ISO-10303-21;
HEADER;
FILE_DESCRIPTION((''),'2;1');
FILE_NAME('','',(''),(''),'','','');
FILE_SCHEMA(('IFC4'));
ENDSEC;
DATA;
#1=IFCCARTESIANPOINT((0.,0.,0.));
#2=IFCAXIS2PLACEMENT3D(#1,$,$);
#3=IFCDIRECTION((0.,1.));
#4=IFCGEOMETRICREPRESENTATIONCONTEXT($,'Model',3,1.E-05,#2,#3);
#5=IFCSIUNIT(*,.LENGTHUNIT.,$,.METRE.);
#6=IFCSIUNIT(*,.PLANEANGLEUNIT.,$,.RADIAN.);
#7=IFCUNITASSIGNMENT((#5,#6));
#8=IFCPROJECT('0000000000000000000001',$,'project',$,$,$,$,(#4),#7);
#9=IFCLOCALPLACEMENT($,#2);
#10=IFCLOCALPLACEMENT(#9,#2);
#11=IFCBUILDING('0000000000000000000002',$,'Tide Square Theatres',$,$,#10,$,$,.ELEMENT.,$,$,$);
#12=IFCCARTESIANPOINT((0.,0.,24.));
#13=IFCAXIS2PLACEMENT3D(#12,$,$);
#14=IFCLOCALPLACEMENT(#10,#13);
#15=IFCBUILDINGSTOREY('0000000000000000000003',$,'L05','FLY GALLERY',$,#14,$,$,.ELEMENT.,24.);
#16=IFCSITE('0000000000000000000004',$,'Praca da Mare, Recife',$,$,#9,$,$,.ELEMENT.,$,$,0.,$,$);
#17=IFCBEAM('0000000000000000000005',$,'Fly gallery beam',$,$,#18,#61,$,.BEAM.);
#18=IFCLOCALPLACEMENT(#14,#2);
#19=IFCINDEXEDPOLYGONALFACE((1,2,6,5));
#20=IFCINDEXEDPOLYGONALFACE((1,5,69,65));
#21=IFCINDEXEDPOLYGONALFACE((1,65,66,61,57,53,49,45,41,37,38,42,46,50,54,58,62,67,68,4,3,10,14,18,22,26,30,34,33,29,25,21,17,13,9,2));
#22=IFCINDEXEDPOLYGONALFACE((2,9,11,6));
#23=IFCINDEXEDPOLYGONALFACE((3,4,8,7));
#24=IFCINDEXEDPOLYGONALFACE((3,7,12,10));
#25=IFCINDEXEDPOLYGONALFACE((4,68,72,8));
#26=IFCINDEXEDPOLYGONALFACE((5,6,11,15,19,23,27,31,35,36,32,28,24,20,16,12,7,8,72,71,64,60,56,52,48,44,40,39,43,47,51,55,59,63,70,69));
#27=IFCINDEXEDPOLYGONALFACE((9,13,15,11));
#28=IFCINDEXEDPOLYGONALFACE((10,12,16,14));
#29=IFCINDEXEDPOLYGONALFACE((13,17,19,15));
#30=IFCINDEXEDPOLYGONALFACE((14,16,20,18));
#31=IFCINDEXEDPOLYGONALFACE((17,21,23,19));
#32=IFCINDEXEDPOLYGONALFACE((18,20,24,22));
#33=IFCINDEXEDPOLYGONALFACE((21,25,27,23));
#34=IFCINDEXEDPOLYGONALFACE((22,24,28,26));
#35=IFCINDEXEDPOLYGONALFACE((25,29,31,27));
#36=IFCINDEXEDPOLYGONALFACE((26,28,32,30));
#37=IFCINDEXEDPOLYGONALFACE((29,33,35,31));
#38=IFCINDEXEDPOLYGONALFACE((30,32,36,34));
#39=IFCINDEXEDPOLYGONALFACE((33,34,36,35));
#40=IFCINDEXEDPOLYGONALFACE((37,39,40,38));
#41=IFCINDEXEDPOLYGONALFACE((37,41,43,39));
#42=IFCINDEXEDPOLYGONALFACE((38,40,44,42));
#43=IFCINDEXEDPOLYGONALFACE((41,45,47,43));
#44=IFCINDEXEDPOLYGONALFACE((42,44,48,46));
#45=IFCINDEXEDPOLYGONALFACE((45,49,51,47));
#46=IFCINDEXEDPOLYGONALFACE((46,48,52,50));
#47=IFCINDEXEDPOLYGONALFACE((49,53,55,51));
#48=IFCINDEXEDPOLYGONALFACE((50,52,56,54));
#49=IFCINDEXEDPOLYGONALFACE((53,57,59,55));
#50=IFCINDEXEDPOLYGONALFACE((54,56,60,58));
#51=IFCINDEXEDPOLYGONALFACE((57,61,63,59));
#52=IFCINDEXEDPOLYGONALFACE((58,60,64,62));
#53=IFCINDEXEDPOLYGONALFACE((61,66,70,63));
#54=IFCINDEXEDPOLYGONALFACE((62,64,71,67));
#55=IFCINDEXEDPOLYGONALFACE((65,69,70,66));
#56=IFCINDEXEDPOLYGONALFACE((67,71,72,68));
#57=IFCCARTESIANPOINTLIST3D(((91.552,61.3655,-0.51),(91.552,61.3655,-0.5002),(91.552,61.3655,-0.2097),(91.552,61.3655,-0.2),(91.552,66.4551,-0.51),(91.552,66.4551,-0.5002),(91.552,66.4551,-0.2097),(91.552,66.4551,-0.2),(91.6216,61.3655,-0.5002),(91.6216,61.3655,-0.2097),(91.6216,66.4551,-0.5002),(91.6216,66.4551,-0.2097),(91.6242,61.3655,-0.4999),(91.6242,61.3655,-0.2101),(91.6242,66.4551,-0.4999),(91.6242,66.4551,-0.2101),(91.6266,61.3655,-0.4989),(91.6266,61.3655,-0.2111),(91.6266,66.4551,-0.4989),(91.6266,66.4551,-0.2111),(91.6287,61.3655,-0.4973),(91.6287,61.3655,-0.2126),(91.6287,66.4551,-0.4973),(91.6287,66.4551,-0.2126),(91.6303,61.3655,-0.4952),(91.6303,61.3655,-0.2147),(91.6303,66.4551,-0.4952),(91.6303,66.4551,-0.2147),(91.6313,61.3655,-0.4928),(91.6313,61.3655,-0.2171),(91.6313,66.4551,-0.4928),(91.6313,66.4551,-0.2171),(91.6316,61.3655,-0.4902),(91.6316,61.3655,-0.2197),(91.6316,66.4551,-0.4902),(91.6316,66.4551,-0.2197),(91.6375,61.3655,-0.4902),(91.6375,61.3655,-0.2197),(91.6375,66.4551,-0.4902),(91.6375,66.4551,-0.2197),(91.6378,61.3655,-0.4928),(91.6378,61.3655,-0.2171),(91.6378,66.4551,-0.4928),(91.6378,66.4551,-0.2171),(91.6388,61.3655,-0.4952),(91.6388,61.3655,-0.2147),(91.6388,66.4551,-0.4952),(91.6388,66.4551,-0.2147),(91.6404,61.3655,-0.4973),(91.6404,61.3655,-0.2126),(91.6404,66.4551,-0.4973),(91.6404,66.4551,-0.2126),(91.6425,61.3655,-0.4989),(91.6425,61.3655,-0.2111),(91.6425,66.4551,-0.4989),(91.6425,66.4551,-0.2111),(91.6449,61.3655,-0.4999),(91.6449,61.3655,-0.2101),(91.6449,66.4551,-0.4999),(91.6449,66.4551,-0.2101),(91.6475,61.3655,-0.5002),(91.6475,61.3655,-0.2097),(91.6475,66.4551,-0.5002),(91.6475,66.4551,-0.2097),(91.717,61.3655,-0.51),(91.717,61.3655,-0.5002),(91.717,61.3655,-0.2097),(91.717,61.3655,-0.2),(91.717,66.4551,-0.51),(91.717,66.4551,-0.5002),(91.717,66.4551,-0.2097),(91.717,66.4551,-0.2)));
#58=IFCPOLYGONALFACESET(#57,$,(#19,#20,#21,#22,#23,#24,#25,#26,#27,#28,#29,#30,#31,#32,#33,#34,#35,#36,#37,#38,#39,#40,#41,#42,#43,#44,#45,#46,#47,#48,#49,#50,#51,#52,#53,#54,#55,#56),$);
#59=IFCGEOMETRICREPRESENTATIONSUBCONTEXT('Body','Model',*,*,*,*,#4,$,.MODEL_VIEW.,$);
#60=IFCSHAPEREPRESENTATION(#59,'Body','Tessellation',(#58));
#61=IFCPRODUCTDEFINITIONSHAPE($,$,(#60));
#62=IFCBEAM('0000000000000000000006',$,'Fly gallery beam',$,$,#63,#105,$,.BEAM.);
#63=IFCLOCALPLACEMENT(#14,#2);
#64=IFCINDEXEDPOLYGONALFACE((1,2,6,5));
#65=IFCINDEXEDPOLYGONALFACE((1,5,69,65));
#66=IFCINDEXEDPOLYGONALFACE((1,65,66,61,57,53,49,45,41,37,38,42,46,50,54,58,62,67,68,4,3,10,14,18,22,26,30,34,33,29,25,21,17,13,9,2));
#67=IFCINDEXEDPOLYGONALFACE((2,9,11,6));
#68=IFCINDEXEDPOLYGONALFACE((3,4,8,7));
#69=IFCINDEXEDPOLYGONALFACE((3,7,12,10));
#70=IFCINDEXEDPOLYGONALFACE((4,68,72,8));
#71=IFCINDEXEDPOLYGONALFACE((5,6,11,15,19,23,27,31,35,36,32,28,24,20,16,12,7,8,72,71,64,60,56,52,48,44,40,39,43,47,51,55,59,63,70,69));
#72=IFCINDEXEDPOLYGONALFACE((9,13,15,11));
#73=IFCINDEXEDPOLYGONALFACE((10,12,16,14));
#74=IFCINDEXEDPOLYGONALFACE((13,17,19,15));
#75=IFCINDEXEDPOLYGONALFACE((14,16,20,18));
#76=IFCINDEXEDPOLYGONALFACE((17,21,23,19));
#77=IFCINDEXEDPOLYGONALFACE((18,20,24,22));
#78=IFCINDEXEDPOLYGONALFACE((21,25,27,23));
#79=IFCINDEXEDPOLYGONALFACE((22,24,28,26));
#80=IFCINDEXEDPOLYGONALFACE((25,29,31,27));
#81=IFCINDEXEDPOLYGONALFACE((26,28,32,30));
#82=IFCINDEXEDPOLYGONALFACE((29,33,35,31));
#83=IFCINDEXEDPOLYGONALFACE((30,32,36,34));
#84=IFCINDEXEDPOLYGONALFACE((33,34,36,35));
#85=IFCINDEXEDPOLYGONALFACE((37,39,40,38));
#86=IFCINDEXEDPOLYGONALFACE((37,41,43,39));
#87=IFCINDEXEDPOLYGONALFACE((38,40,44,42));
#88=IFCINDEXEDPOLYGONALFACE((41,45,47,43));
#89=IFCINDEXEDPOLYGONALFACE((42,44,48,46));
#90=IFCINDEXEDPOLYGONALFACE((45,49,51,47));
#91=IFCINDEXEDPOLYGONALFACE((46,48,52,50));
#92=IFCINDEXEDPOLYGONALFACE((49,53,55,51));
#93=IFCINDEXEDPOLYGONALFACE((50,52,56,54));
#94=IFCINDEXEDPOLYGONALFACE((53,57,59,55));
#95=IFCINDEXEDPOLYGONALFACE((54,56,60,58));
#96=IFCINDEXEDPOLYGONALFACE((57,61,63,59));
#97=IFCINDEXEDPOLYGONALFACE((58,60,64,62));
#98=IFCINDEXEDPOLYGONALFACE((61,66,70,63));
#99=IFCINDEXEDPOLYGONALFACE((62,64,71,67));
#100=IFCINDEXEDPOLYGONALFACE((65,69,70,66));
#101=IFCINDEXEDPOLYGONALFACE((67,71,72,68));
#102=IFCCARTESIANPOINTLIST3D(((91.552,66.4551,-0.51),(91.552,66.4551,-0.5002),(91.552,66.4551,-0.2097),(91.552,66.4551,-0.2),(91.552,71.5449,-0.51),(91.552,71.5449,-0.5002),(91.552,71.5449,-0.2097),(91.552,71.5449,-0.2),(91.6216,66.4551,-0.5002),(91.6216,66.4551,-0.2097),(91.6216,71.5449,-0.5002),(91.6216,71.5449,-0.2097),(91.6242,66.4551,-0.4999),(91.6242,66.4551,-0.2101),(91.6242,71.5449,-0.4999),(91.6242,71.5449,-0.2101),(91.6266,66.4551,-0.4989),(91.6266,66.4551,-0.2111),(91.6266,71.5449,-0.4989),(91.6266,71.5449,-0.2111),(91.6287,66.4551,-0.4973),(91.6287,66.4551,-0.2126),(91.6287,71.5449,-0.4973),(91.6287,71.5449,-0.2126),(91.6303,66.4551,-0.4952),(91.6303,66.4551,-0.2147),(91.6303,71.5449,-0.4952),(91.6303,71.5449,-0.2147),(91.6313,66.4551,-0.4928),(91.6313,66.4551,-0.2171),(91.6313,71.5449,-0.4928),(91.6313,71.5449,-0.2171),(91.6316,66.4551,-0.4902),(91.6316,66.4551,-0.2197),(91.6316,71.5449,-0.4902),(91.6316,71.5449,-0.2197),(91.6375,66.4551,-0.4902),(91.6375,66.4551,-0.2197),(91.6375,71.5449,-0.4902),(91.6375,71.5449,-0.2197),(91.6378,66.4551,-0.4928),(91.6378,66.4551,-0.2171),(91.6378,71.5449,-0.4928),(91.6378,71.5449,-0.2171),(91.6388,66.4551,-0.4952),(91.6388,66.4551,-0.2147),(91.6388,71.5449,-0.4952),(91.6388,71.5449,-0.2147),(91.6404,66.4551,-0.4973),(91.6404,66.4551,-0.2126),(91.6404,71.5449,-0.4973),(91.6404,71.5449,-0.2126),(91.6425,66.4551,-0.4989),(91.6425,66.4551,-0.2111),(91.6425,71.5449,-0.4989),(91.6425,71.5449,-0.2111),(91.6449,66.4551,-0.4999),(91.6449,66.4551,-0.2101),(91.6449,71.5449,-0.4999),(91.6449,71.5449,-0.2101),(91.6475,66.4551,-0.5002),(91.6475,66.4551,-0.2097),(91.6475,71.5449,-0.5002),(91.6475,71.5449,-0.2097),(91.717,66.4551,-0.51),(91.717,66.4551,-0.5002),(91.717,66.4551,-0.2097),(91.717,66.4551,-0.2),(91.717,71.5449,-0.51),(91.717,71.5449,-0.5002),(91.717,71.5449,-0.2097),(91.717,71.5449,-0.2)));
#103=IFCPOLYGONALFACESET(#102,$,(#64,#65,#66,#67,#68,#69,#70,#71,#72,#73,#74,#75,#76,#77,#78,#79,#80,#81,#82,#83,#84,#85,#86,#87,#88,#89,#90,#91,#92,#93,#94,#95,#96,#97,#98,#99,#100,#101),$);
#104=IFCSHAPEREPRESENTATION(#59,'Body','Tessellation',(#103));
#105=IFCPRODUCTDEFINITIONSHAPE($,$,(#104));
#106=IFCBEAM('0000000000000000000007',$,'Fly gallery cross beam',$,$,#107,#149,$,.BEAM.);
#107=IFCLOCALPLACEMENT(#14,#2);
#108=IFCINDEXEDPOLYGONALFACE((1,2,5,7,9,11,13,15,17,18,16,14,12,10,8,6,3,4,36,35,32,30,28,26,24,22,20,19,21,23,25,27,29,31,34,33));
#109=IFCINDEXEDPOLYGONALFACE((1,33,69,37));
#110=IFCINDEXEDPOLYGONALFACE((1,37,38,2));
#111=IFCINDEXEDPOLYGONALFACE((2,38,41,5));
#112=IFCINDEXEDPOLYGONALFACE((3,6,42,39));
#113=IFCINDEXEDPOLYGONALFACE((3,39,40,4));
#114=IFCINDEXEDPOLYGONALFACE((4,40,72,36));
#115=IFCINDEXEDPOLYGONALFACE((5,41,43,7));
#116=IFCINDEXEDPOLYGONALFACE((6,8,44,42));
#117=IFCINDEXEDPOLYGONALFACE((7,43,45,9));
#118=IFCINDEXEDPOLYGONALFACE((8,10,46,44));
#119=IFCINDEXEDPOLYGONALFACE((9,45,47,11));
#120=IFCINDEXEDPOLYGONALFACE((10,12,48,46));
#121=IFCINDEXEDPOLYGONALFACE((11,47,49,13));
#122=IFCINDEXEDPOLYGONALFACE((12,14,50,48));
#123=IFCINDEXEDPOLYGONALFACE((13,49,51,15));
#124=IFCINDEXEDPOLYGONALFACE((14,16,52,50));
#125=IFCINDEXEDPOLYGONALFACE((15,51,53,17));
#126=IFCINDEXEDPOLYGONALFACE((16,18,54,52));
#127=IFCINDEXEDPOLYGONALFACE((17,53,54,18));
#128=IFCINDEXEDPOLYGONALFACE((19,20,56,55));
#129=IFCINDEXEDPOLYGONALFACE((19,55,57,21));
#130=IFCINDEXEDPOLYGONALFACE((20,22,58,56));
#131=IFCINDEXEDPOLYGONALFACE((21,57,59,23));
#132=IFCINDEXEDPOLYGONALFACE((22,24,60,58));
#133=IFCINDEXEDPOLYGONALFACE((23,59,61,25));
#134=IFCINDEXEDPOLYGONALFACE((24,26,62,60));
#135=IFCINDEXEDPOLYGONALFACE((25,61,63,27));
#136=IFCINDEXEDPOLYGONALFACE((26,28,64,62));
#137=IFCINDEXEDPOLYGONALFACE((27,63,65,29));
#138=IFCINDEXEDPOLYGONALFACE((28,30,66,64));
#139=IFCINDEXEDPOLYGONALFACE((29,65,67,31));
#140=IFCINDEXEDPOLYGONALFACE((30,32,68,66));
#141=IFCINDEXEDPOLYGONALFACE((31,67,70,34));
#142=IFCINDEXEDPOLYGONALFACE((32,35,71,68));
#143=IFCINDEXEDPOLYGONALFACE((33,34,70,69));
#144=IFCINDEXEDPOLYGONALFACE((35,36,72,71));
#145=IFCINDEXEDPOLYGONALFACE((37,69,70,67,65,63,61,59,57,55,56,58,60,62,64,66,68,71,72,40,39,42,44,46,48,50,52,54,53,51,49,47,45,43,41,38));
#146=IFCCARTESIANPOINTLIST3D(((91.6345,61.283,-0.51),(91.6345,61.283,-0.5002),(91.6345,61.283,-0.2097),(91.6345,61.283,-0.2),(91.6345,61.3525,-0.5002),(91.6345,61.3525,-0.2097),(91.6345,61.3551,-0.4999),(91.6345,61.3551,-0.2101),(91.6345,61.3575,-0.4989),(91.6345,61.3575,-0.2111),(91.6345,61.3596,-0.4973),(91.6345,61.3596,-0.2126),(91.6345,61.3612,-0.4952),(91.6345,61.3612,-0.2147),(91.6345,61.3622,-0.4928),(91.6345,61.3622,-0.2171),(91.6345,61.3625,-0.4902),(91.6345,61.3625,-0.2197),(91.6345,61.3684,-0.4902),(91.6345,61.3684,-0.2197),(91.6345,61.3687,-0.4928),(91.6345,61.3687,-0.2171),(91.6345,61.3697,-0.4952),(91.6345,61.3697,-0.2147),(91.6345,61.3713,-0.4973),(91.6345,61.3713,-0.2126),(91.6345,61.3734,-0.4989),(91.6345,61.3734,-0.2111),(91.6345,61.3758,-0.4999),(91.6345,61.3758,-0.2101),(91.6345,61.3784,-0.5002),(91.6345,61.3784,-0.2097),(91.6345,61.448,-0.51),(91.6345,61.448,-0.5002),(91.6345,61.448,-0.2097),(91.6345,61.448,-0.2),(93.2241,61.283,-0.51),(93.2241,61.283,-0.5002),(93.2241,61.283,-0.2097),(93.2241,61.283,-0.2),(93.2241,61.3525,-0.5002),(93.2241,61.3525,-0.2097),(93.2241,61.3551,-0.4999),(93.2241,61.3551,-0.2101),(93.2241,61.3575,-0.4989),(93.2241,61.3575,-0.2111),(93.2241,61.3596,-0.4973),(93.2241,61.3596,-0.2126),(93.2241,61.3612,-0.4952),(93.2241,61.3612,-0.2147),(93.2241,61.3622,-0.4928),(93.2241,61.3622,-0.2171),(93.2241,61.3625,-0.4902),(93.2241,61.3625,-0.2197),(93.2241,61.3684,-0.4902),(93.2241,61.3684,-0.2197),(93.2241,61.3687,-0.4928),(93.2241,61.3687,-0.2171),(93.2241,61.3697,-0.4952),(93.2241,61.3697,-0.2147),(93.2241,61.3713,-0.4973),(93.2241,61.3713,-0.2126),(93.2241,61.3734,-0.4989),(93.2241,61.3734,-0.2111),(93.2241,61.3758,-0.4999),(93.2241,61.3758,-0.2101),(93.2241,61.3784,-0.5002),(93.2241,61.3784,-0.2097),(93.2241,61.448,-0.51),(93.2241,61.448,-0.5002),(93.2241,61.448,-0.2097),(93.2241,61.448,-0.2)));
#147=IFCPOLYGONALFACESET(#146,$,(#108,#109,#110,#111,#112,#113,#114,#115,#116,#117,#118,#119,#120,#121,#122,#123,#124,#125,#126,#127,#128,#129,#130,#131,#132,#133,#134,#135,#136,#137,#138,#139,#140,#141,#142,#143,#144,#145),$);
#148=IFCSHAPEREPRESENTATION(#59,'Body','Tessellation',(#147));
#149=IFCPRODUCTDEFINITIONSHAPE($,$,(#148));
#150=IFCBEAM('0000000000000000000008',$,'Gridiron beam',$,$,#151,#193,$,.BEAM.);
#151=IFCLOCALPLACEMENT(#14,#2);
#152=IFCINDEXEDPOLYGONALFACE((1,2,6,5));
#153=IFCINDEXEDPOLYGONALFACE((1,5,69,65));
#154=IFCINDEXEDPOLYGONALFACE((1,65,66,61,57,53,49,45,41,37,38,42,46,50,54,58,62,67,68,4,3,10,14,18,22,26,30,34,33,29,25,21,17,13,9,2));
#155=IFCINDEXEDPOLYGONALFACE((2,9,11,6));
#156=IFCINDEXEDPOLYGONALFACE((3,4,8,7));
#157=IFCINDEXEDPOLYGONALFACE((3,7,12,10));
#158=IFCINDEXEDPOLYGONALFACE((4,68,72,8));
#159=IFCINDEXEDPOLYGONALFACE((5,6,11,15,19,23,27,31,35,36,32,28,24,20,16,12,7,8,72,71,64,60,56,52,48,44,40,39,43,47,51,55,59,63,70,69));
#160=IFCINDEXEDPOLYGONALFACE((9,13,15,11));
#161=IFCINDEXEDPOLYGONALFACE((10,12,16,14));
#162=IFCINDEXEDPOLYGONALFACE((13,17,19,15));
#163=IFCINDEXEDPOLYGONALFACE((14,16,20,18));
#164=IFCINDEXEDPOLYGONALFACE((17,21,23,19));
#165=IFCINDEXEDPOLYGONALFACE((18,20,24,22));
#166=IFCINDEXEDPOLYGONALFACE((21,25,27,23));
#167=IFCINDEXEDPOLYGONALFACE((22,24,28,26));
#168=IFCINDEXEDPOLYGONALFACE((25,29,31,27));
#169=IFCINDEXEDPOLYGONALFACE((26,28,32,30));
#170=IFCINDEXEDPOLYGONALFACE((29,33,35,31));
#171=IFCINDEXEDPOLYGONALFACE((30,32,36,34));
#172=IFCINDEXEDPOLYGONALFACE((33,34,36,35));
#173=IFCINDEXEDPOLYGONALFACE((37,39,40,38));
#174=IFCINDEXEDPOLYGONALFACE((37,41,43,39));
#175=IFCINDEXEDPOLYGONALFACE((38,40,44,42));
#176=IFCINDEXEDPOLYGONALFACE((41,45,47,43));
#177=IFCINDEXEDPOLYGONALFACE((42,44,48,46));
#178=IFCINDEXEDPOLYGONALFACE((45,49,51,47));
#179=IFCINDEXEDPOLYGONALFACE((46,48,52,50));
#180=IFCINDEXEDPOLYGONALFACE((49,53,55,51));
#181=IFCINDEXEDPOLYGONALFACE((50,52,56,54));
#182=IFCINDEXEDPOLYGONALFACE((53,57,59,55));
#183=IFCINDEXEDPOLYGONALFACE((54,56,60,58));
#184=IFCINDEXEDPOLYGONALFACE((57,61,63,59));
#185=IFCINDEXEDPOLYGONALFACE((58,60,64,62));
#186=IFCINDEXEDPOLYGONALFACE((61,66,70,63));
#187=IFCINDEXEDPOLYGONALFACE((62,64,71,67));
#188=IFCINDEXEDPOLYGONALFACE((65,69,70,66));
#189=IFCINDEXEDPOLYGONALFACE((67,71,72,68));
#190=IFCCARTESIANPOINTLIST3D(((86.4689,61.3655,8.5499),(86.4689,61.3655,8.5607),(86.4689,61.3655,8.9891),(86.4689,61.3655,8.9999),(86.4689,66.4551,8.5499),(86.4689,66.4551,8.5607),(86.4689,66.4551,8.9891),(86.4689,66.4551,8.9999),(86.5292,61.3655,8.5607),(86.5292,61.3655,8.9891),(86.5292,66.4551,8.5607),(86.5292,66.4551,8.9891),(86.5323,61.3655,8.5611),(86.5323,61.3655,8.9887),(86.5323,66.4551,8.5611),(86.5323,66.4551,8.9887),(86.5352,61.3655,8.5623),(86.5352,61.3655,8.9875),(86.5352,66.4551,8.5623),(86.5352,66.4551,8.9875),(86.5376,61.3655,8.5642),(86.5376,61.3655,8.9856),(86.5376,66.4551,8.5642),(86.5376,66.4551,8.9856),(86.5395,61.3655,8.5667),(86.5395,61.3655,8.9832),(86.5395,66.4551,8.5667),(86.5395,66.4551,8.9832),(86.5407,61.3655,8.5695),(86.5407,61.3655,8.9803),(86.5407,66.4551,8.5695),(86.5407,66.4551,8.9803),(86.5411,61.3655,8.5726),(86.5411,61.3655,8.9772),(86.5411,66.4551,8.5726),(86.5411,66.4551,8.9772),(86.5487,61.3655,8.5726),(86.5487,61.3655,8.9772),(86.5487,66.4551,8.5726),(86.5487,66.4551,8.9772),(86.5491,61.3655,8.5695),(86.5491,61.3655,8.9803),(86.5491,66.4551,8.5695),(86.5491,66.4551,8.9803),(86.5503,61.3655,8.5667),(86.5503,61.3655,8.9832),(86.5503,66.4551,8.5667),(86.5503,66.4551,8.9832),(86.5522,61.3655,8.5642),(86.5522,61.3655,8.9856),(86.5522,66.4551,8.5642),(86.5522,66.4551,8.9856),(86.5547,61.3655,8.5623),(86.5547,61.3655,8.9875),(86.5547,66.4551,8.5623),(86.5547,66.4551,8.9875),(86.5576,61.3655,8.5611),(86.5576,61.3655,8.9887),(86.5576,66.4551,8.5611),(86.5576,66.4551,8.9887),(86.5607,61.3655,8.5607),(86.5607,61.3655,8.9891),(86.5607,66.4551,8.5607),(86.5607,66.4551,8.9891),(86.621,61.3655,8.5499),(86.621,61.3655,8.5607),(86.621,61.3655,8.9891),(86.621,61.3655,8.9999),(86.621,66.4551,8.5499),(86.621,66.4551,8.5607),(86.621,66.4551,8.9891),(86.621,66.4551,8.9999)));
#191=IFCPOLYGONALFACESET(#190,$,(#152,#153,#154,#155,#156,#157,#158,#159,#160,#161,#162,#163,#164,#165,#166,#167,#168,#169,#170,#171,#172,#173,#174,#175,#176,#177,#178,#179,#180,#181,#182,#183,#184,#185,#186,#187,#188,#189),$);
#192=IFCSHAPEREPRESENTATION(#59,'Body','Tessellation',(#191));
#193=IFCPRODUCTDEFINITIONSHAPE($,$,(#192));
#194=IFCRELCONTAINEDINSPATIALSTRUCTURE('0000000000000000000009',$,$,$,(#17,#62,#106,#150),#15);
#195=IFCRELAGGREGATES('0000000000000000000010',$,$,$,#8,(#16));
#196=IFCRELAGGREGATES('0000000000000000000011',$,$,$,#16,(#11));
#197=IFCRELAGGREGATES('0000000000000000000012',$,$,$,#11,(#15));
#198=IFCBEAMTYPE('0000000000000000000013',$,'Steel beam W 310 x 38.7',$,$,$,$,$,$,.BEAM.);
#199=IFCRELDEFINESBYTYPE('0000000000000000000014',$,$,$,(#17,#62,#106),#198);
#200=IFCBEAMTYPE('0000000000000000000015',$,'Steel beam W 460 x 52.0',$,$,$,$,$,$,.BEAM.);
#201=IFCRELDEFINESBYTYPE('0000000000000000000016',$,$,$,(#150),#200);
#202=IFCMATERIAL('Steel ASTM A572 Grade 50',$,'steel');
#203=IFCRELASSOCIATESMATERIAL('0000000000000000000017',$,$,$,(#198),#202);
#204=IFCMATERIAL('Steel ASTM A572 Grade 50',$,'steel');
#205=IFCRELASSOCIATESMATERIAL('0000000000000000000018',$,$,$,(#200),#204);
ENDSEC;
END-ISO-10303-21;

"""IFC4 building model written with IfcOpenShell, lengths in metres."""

from ifc_helpers import new_model, si_unit, direction, frame, origin, origin_2d, place, context, subcontext, project, spatial, i_section, extrude, material, material_profile, profile_set, type_object, element, save


model = new_model("IFC4")

# Units and contexts
model_context = context("Model", 3, precision=1e-05, world=origin(), true_north=direction((0.0, 1.0)))
body_context = subcontext(model_context, "Body", "Model", "MODEL_VIEW")
ifc_project = project(units=[si_unit("LENGTHUNIT", "METRE"), si_unit("PLANEANGLEUNIT", "RADIAN")], contexts=[model_context])

# Site, building, storey
site_placement = place(None, origin())
site = spatial("IfcSite", under=ifc_project, at=site_placement, Name="Praca da Mare, Recife", CompositionType="ELEMENT", RefElevation=0.0)
building_placement = place(site_placement, origin())
building = spatial("IfcBuilding", under=site, at=building_placement, Name="Tide Square Theatres", CompositionType="ELEMENT")
storey_placement = place(building_placement, frame((0.0, 0.0, 24.0)))
storey = spatial("IfcBuildingStorey", under=building, at=storey_placement, Name="L05", Description="FLY GALLERY", CompositionType="ELEMENT", Elevation=24.0)

# Beams
ifc_material_1 = material(Name="Steel ASTM A572 Grade 50", Category="steel")
ifc_material_profile_1 = material_profile(ifc_material_1, i_section(OverallWidth=0.165, OverallDepth=0.3101, WebThickness=0.0059, FlangeThickness=0.0098, FilletRadius=0.01, at=origin_2d()))
ifc_profile_set_1 = profile_set([ifc_material_profile_1], Name="Steel ASTM A572 Grade 50")
beam_type_1 = type_object("IfcBeamType", Name="Steel beam W 310 x 38.7", PredefinedType="BEAM", material=ifc_profile_set_1)
beam_1_placement = place(storey_placement, frame((91.6345, 61.3655, -0.355), z_axis=(0.0, 1.0, 0.0), x_axis=(-1.0, 0.0, 0.0)))
element("IfcBeam", 1, at=beam_1_placement, inside=storey, type_object=beam_type_1, Name="Fly gallery beam", PredefinedType="BEAM", context=body_context, shape_type="SweptSolid", body=[
    extrude(i_section(OverallWidth=0.165, OverallDepth=0.3101, WebThickness=0.0059, FlangeThickness=0.0098, FilletRadius=0.01, at=origin_2d()), origin(), (0.0, 0.0, 1.0), 5.0896),
])
beam_2_placement = place(storey_placement, frame((91.6345, 66.4551, -0.355), z_axis=(0.0, 1.0, 0.0), x_axis=(-1.0, 0.0, 0.0)))
element("IfcBeam", 2, at=beam_2_placement, inside=storey, type_object=beam_type_1, Name="Fly gallery beam", PredefinedType="BEAM", context=body_context, shape_type="SweptSolid", body=[
    extrude(i_section(OverallWidth=0.165, OverallDepth=0.3101, WebThickness=0.0059, FlangeThickness=0.0098, FilletRadius=0.01, at=origin_2d()), origin(), (0.0, 0.0, 1.0), 5.0898),
])
beam_3_placement = place(storey_placement, frame((91.6345, 61.3655, -0.355), z_axis=(1.0, 0.0, 0.0), x_axis=(0.0, 1.0, 0.0)))
element("IfcBeam", 3, at=beam_3_placement, inside=storey, type_object=beam_type_1, Name="Fly gallery cross beam", PredefinedType="BEAM", context=body_context, shape_type="SweptSolid", body=[
    extrude(i_section(OverallWidth=0.165, OverallDepth=0.3101, WebThickness=0.0059, FlangeThickness=0.0098, FilletRadius=0.01, at=origin_2d()), origin(), (0.0, 0.0, 1.0), 1.5896),
])
ifc_material_2 = material(Name="Steel ASTM A572 Grade 50", Category="steel")
ifc_material_profile_2 = material_profile(ifc_material_2, i_section(OverallWidth=0.1521, OverallDepth=0.45, WebThickness=0.0076, FlangeThickness=0.0107, FilletRadius=0.012, at=origin_2d()))
ifc_profile_set_2 = profile_set([ifc_material_profile_2], Name="Steel ASTM A572 Grade 50")
beam_type_2 = type_object("IfcBeamType", Name="Steel beam W 460 x 52.0", PredefinedType="BEAM", material=ifc_profile_set_2)
beam_4_placement = place(storey_placement, frame((86.5449, 61.3655, 8.7749), z_axis=(0.0, 1.0, 0.0), x_axis=(-1.0, 0.0, 0.0)))
element("IfcBeam", 4, at=beam_4_placement, inside=storey, type_object=beam_type_2, Name="Gridiron beam", PredefinedType="BEAM", context=body_context, shape_type="SweptSolid", body=[
    extrude(i_section(OverallWidth=0.1521, OverallDepth=0.45, WebThickness=0.0076, FlangeThickness=0.0107, FilletRadius=0.012, at=origin_2d()), origin(), (0.0, 0.0, 1.0), 5.0896),
])

save(model, "model.ifc")
